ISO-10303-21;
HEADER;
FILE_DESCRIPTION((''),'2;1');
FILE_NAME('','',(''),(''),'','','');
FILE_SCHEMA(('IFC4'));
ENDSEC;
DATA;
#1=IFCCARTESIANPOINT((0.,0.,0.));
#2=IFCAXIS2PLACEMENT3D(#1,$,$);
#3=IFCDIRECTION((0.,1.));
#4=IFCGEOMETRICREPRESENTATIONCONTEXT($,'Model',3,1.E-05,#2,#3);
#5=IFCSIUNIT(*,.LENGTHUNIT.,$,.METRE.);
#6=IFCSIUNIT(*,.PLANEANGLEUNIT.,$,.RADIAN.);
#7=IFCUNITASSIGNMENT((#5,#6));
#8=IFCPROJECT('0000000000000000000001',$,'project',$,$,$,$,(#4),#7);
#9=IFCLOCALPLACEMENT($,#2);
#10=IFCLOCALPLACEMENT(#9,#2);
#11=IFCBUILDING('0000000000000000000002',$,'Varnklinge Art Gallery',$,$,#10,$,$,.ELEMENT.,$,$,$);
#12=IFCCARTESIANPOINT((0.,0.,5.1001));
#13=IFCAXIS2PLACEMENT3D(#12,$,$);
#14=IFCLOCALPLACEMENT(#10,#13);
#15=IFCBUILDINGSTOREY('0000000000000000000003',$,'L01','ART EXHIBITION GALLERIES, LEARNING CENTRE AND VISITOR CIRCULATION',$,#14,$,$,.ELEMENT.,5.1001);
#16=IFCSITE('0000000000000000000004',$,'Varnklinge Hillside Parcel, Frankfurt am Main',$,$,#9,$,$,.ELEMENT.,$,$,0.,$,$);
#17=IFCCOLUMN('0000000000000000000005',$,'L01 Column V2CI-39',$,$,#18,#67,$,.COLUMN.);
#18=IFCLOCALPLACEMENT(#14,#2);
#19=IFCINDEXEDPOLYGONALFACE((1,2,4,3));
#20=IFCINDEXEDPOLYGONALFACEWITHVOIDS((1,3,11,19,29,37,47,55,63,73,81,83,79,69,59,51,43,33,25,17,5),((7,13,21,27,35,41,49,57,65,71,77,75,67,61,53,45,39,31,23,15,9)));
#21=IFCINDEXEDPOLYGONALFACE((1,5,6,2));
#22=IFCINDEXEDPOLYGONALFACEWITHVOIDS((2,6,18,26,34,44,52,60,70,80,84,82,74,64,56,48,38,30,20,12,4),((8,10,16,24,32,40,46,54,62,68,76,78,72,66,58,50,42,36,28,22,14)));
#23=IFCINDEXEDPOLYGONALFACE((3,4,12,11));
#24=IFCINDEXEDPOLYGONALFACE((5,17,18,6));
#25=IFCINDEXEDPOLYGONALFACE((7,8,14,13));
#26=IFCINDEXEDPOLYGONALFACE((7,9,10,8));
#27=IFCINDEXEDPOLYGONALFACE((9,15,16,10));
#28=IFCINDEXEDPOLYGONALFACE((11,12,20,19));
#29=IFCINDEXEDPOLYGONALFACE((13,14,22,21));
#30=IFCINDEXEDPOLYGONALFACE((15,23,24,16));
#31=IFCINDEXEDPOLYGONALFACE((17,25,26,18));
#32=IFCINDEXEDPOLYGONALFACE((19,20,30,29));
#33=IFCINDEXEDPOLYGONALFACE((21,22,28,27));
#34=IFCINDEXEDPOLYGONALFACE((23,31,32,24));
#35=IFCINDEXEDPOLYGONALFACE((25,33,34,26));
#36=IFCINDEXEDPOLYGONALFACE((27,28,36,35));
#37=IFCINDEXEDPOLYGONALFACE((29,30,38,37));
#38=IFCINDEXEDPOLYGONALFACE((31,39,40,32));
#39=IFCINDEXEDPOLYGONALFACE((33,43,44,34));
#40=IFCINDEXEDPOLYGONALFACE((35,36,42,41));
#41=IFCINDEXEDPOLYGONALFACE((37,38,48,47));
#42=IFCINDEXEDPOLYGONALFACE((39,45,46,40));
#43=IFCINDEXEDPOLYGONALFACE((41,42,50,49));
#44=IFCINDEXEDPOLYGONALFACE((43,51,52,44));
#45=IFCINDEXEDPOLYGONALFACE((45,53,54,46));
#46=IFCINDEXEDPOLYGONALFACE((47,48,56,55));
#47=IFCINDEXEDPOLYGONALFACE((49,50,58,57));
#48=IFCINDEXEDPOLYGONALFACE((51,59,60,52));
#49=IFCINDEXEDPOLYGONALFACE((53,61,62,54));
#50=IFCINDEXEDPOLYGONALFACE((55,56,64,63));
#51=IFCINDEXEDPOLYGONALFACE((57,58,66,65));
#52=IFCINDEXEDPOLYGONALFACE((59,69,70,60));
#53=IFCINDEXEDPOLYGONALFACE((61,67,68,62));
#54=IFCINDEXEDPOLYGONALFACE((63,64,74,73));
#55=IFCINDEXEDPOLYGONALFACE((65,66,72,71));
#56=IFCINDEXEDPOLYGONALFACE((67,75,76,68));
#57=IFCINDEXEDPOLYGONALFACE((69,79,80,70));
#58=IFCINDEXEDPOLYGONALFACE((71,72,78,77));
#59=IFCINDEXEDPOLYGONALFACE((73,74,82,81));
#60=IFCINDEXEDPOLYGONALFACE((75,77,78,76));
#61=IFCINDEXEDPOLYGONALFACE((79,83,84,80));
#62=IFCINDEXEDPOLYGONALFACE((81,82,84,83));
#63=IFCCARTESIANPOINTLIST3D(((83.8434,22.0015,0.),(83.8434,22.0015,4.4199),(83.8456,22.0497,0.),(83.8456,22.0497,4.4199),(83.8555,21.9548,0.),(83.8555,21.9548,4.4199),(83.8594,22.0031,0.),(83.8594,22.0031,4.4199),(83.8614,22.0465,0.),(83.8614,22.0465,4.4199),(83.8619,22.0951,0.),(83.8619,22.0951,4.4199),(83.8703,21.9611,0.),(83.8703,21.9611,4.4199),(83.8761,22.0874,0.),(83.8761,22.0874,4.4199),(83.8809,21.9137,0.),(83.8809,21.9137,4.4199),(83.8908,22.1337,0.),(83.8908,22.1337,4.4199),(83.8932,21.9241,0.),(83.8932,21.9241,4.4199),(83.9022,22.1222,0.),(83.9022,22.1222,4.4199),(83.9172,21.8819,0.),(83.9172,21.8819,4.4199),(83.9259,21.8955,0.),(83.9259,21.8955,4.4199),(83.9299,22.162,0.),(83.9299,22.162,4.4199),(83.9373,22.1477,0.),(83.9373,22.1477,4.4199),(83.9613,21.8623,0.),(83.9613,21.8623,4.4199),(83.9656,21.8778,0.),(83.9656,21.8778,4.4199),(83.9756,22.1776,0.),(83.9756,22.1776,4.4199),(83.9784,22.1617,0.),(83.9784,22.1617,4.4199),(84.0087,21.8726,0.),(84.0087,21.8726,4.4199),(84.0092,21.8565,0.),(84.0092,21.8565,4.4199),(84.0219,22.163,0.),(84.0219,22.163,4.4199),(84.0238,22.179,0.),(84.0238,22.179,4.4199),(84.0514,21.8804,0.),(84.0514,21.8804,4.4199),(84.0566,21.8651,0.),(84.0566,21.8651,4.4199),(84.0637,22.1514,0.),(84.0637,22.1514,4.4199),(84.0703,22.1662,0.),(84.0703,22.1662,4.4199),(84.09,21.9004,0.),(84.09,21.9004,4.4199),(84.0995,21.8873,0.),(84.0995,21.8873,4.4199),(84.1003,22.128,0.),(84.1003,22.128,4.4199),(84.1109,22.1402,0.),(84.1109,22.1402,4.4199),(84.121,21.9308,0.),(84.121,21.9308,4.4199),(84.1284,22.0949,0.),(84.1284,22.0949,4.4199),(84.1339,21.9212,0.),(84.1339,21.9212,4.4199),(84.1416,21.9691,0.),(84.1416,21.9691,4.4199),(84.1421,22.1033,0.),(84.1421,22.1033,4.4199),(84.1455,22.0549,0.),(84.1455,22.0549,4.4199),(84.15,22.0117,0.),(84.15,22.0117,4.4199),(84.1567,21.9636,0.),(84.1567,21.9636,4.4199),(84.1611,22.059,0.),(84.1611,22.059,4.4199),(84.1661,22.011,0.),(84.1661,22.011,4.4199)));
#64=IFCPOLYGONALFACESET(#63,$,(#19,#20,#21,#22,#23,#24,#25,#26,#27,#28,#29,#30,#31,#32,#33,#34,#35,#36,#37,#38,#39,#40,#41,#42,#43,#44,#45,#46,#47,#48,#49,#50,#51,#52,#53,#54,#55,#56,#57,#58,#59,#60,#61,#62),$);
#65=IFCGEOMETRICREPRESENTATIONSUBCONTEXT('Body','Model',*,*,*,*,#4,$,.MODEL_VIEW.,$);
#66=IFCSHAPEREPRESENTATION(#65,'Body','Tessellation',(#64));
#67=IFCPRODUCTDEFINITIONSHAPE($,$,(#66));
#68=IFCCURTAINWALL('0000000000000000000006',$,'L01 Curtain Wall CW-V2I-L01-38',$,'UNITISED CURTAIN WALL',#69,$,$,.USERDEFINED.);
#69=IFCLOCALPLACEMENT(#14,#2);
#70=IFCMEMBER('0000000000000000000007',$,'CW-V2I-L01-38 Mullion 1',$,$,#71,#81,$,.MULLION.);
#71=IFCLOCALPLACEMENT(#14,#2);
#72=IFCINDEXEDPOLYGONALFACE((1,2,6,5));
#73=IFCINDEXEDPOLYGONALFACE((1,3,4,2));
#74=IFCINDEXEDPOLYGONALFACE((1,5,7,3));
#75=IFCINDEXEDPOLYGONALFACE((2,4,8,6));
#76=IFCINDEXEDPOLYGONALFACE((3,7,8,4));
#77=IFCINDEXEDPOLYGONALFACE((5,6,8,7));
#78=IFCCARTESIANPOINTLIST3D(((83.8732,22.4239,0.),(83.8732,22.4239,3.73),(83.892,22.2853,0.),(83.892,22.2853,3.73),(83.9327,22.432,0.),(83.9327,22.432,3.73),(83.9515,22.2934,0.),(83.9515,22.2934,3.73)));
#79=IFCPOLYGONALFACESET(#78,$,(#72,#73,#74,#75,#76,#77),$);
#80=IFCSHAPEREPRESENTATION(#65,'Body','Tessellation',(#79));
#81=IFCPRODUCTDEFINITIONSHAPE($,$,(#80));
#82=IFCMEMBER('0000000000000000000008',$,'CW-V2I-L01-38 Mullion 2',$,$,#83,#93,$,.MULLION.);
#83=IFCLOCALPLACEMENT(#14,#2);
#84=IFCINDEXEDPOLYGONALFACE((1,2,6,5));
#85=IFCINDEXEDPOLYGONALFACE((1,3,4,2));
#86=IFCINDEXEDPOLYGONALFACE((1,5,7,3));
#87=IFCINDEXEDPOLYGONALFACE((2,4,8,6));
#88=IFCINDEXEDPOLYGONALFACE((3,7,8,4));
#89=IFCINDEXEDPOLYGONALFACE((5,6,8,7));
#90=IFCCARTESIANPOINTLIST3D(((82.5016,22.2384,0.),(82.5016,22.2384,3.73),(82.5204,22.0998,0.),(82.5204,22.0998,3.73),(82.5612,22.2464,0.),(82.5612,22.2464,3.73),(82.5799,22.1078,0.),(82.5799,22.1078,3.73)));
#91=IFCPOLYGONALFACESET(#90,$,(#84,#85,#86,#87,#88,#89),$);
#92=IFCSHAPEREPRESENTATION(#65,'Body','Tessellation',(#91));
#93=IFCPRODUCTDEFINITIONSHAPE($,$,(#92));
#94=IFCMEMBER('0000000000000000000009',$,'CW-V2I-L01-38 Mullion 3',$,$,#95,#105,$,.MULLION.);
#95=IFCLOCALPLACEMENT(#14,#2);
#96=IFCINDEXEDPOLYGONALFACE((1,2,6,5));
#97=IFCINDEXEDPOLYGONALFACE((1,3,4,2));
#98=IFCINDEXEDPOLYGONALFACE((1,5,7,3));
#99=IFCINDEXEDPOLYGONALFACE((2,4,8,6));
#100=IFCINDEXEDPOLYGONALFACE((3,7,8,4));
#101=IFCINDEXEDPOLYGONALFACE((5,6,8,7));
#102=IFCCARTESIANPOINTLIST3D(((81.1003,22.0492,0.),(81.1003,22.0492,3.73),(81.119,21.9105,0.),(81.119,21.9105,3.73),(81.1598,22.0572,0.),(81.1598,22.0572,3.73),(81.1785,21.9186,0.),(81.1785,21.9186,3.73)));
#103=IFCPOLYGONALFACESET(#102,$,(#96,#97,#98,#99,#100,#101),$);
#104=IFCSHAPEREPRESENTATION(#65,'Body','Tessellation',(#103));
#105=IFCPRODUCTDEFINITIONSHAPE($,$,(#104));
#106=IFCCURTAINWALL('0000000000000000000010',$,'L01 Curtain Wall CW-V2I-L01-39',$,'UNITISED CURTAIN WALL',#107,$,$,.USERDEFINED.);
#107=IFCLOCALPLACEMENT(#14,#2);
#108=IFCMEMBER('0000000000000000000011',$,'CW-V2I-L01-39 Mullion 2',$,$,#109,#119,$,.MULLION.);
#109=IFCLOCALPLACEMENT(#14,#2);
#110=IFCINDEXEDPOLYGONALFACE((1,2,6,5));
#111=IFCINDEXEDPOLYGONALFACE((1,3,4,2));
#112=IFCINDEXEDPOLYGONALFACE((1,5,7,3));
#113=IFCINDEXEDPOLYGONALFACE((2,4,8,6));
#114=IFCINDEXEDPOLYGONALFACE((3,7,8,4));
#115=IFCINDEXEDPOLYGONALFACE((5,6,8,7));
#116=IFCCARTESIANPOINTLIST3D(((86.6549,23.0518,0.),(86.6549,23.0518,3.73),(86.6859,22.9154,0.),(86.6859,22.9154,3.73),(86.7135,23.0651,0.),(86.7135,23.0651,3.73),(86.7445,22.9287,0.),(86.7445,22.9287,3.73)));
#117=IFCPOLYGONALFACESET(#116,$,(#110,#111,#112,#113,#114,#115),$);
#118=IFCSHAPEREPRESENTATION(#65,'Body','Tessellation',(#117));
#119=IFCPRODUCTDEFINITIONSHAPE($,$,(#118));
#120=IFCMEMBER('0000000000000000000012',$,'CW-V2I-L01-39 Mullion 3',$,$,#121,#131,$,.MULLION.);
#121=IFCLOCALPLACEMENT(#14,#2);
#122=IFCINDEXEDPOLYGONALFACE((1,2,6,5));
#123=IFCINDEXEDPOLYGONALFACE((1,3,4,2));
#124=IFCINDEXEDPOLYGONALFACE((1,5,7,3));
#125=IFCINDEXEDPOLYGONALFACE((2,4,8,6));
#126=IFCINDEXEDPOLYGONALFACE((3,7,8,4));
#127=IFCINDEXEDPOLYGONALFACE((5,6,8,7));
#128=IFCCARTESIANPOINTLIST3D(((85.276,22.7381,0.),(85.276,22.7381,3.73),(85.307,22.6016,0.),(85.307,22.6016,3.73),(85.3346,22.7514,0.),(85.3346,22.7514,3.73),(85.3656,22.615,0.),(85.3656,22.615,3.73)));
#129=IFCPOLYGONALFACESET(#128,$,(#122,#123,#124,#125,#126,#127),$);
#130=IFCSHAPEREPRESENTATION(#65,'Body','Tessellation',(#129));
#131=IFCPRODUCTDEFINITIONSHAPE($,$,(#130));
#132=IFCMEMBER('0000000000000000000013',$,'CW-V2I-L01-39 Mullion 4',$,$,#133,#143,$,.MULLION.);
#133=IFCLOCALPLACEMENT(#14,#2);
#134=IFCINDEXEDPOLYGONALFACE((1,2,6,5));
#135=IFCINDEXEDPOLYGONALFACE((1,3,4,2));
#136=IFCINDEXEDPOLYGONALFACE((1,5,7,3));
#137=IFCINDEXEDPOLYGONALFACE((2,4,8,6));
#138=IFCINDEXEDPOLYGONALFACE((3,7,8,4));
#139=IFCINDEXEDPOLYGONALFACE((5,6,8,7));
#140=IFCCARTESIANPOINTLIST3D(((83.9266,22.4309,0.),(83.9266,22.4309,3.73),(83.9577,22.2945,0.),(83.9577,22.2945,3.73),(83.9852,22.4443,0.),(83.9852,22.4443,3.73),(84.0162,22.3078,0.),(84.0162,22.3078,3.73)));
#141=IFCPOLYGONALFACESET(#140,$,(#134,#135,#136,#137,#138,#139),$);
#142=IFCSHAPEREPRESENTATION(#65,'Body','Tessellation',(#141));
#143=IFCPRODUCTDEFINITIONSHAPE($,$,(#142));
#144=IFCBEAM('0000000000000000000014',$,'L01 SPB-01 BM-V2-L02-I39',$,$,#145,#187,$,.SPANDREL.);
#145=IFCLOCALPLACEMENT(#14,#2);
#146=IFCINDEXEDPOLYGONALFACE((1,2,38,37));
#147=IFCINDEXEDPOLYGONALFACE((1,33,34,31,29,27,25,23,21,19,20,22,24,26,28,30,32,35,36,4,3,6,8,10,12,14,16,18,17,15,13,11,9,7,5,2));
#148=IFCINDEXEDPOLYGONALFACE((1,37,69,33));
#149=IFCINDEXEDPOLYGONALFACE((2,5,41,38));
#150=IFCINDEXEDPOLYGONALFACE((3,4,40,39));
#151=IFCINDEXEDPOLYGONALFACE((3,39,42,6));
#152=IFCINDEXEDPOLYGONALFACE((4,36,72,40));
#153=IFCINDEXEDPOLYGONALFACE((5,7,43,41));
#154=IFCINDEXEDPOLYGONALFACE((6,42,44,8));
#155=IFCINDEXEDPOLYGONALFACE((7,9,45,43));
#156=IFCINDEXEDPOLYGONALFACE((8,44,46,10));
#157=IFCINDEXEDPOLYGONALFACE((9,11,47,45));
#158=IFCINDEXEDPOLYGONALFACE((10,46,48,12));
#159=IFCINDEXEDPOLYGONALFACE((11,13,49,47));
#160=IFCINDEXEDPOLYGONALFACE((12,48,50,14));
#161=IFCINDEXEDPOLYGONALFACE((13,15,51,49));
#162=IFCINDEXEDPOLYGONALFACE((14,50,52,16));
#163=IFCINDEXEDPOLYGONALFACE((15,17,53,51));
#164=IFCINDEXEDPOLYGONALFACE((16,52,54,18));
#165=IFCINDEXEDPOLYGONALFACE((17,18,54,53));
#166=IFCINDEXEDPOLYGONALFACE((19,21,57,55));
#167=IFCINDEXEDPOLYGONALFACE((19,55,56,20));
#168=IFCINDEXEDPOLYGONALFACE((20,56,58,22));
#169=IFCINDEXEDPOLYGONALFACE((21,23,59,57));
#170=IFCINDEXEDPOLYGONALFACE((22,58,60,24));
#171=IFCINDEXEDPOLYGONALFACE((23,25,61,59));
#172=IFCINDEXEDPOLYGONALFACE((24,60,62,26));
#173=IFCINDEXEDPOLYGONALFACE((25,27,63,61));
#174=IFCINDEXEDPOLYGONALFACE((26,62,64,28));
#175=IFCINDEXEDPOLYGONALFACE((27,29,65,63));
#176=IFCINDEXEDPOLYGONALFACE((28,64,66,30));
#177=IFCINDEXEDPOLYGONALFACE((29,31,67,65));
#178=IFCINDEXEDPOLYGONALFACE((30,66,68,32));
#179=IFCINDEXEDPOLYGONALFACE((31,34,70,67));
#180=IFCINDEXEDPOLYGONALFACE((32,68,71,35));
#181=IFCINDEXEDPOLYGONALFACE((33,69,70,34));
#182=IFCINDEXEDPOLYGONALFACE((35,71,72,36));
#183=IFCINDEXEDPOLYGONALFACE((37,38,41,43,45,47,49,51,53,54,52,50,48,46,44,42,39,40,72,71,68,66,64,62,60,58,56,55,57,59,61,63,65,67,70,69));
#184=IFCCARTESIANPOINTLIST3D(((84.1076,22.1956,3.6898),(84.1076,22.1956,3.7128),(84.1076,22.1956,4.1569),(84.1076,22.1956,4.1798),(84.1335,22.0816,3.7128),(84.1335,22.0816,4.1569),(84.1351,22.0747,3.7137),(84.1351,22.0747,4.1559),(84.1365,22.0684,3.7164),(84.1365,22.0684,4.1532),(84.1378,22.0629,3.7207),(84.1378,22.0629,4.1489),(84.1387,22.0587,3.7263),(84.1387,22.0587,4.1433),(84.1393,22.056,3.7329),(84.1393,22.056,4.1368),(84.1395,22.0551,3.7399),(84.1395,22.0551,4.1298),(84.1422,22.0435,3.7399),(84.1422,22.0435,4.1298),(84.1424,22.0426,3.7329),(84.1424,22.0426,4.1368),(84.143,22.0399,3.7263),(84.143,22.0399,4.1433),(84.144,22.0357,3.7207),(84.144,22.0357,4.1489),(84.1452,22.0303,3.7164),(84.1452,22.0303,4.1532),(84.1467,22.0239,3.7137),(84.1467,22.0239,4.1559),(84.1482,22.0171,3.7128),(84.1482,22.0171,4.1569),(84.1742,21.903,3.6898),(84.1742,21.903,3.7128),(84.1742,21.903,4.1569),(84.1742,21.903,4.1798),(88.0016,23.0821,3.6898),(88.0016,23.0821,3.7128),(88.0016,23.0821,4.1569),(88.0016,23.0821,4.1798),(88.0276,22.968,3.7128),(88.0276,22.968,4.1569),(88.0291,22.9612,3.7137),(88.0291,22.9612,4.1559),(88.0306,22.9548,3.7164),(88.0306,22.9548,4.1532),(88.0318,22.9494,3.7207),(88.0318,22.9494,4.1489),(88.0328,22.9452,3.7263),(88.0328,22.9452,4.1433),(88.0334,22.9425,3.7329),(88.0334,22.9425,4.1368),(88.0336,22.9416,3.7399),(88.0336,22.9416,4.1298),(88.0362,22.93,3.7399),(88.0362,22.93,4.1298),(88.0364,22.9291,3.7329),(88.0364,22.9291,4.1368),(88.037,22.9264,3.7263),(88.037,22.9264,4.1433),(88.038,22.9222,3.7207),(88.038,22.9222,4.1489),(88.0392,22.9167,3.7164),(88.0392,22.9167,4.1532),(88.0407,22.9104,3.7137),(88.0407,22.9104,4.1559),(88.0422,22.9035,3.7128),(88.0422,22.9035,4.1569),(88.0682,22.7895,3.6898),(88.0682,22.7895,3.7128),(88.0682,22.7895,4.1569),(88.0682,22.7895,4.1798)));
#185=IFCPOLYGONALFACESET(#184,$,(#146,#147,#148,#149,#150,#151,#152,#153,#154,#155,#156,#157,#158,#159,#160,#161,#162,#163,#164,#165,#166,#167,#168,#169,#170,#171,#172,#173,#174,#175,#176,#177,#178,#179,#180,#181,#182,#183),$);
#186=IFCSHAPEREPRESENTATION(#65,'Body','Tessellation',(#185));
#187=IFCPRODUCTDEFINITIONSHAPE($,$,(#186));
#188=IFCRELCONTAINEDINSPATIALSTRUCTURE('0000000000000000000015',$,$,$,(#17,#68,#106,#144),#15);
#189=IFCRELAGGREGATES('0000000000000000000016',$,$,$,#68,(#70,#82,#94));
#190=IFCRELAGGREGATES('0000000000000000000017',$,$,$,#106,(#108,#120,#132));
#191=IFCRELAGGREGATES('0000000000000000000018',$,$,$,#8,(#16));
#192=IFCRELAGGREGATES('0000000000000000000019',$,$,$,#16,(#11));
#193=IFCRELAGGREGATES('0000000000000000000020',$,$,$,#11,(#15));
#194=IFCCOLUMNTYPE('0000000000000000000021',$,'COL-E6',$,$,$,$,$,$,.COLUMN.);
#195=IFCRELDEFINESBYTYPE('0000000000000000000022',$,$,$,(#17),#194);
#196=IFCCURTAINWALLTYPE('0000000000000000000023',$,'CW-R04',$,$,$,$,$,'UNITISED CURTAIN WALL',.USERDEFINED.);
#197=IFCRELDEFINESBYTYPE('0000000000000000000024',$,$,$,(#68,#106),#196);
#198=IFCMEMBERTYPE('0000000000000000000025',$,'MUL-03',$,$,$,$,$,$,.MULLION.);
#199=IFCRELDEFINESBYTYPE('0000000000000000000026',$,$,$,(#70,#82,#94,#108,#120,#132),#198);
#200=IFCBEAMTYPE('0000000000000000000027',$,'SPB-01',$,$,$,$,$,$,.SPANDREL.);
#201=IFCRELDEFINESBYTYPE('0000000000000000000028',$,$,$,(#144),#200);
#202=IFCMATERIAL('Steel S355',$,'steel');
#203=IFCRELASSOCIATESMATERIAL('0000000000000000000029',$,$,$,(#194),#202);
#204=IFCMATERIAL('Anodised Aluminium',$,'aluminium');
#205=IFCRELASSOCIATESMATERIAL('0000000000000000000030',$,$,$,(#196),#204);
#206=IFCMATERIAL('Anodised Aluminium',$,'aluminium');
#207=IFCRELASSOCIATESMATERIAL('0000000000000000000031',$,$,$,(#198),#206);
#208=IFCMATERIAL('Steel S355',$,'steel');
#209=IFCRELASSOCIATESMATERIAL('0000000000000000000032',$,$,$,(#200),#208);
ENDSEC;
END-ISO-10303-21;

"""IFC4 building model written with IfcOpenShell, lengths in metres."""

from ifc_helpers import new_model, si_unit, direction, frame, origin, origin_2d, place, context, subcontext, project, spatial, rectangle, hollow_circle, i_section, extrude, material, material_profile, profile_set, type_object, element, aggregate, save


model = new_model("IFC4")

# Units and contexts
model_context = context("Model", 3, precision=1e-05, world=origin(), true_north=direction((0.0, 1.0)))
body_context = subcontext(model_context, "Body", "Model", "MODEL_VIEW")
ifc_project = project(units=[si_unit("LENGTHUNIT", "METRE"), si_unit("PLANEANGLEUNIT", "RADIAN")], contexts=[model_context])

# Site, building, storey
site_placement = place(None, origin())
site = spatial("IfcSite", under=ifc_project, at=site_placement, Name="Varnklinge Hillside Parcel, Frankfurt am Main", CompositionType="ELEMENT", RefElevation=0.0)
building_placement = place(site_placement, origin())
building = spatial("IfcBuilding", under=site, at=building_placement, Name="Varnklinge Art Gallery", CompositionType="ELEMENT")
storey_placement = place(building_placement, frame((0.0, 0.0, 5.1001)))
storey = spatial("IfcBuildingStorey", under=building, at=storey_placement, Name="L01", Description="ART EXHIBITION GALLERIES, LEARNING CENTRE AND VISITOR CIRCULATION", CompositionType="ELEMENT", Elevation=5.1001)

# Column
ifc_material_1 = material(Name="Steel S355", Category="steel")
ifc_material_profile_1 = material_profile(ifc_material_1, hollow_circle(Radius=0.1619, WallThickness=0.0161, at=origin_2d()), Name="CHS 323.9x16")
ifc_profile_set_1 = profile_set([ifc_material_profile_1], Name="Steel S355")
column_type = type_object("IfcColumnType", Name="COL-E6", PredefinedType="COLUMN", material=ifc_profile_set_1)
column_placement = place(storey_placement, frame((84.0044, 22.0183, 0.0), z_axis=(0.0, 0.0, 1.0), x_axis=(-0.178115, 0.98401, 0.0)))
element("IfcColumn", 1, at=column_placement, inside=storey, type_object=column_type, Name="L01 Column V2CI-39", PredefinedType="COLUMN", context=body_context, shape_type="SweptSolid", body=[
    extrude(hollow_circle(Radius=0.1619, WallThickness=0.0161, at=origin_2d()), origin(), (0.0, 0.0, 1.0), 4.4199),
])

# Curtain walls, members
ifc_material_2 = material(Name="Anodised Aluminium", Category="aluminium")
curtain_wall_type = type_object("IfcCurtainWallType", Name="CW-R04", ElementType="UNITISED CURTAIN WALL", PredefinedType="USERDEFINED", material=ifc_material_2)
curtain_wall_1_placement = place(storey_placement, origin())
curtain_wall_1 = element("IfcCurtainWall", 2, at=curtain_wall_1_placement, inside=storey, type_object=curtain_wall_type, Name="L01 Curtain Wall CW-V2I-L01-38", ObjectType="UNITISED CURTAIN WALL", PredefinedType="USERDEFINED")
ifc_material_3 = material(Name="Anodised Aluminium", Category="aluminium")
ifc_material_profile_2 = material_profile(ifc_material_3, rectangle(XDim=0.0601, YDim=0.1399, at=origin_2d()), Name="ALU 60x140")
ifc_profile_set_2 = profile_set([ifc_material_profile_2], Name="Anodised Aluminium")
member_type_1 = type_object("IfcMemberType", Name="MUL-03", PredefinedType="MULLION", material=ifc_profile_set_2)
member_1_placement = place(storey_placement, frame((83.9124, 22.3586, 0.0), z_axis=(0.0, 0.0, 1.0), x_axis=(-0.990983, -0.133986, 0.0)))
member_1 = element("IfcMember", 3, at=member_1_placement, type_object=member_type_1, Name="CW-V2I-L01-38 Mullion 1", PredefinedType="MULLION", context=body_context, shape_type="SweptSolid", body=[
    extrude(rectangle(XDim=0.0601, YDim=0.1399, at=origin_2d()), origin(), (0.0, 0.0, 1.0), 3.73),
])
member_2_placement = place(storey_placement, frame((82.5408, 22.1731, 0.0), z_axis=(0.0, 0.0, 1.0), x_axis=(-0.990983, -0.133986, 0.0)))
member_2 = element("IfcMember", 4, at=member_2_placement, type_object=member_type_1, Name="CW-V2I-L01-38 Mullion 2", PredefinedType="MULLION", context=body_context, shape_type="SweptSolid", body=[
    extrude(rectangle(XDim=0.0601, YDim=0.1399, at=origin_2d()), origin(), (0.0, 0.0, 1.0), 3.73),
])
member_3_placement = place(storey_placement, frame((81.1394, 21.9839, 0.0), z_axis=(0.0, 0.0, 1.0), x_axis=(-0.990983, -0.133986, 0.0)))
member_3 = element("IfcMember", 5, at=member_3_placement, type_object=member_type_1, Name="CW-V2I-L01-38 Mullion 3", PredefinedType="MULLION", context=body_context, shape_type="SweptSolid", body=[
    extrude(rectangle(XDim=0.0601, YDim=0.1399, at=origin_2d()), origin(), (0.0, 0.0, 1.0), 3.73),
])
curtain_wall_2_placement = place(storey_placement, origin())
curtain_wall_2 = element("IfcCurtainWall", 6, at=curtain_wall_2_placement, inside=storey, type_object=curtain_wall_type, Name="L01 Curtain Wall CW-V2I-L01-39", ObjectType="UNITISED CURTAIN WALL", PredefinedType="USERDEFINED")
member_4_placement = place(storey_placement, frame((86.6997, 22.9902, 0.0), z_axis=(0.0, 0.0, 1.0), x_axis=(-0.975072, -0.221889, 0.0)))
member_4 = element("IfcMember", 7, at=member_4_placement, type_object=member_type_1, Name="CW-V2I-L01-39 Mullion 2", PredefinedType="MULLION", context=body_context, shape_type="SweptSolid", body=[
    extrude(rectangle(XDim=0.0601, YDim=0.1399, at=origin_2d()), origin(), (0.0, 0.0, 1.0), 3.73),
])
member_5_placement = place(storey_placement, frame((85.3208, 22.6765, 0.0), z_axis=(0.0, 0.0, 1.0), x_axis=(-0.975072, -0.221889, 0.0)))
member_5 = element("IfcMember", 8, at=member_5_placement, type_object=member_type_1, Name="CW-V2I-L01-39 Mullion 3", PredefinedType="MULLION", context=body_context, shape_type="SweptSolid", body=[
    extrude(rectangle(XDim=0.0601, YDim=0.1399, at=origin_2d()), origin(), (0.0, 0.0, 1.0), 3.73),
])
member_6_placement = place(storey_placement, frame((83.9714, 22.3694, 0.0), z_axis=(0.0, 0.0, 1.0), x_axis=(-0.975072, -0.221889, 0.0)))
member_6 = element("IfcMember", 9, at=member_6_placement, type_object=member_type_1, Name="CW-V2I-L01-39 Mullion 4", PredefinedType="MULLION", context=body_context, shape_type="SweptSolid", body=[
    extrude(rectangle(XDim=0.0601, YDim=0.1399, at=origin_2d()), origin(), (0.0, 0.0, 1.0), 3.73),
])

# Beam
ifc_material_4 = material(Name="Steel S355", Category="steel")
ifc_material_profile_3 = material_profile(ifc_material_4, i_section(OverallWidth=0.3, OverallDepth=0.49, WebThickness=0.012, FlangeThickness=0.0229, FilletRadius=0.0271, at=origin_2d()), Name="HEA 500")
ifc_profile_set_3 = profile_set([ifc_material_profile_3], Name="Steel S355")
beam_type = type_object("IfcBeamType", Name="SPB-01", PredefinedType="SPANDREL", material=ifc_profile_set_3)
beam_placement = place(storey_placement, frame((84.1409, 22.0493, 3.9348), z_axis=(0.975054, 0.22197, 0.0), x_axis=(-0.22197, 0.975054, 0.0)))
element("IfcBeam", 10, at=beam_placement, inside=storey, type_object=beam_type, Name="L01 SPB-01 BM-V2-L02-I39", PredefinedType="SPANDREL", context=body_context, shape_type="SweptSolid", body=[
    extrude(i_section(OverallWidth=0.3, OverallDepth=0.49, WebThickness=0.012, FlangeThickness=0.0229, FilletRadius=0.0271, at=origin_2d()), origin(), (0.0, 0.0, 1.0), 3.9937),
])

aggregate(curtain_wall_1, [member_1, member_2, member_3])
aggregate(curtain_wall_2, [member_4, member_5, member_6])

save(model, "model.ifc")
